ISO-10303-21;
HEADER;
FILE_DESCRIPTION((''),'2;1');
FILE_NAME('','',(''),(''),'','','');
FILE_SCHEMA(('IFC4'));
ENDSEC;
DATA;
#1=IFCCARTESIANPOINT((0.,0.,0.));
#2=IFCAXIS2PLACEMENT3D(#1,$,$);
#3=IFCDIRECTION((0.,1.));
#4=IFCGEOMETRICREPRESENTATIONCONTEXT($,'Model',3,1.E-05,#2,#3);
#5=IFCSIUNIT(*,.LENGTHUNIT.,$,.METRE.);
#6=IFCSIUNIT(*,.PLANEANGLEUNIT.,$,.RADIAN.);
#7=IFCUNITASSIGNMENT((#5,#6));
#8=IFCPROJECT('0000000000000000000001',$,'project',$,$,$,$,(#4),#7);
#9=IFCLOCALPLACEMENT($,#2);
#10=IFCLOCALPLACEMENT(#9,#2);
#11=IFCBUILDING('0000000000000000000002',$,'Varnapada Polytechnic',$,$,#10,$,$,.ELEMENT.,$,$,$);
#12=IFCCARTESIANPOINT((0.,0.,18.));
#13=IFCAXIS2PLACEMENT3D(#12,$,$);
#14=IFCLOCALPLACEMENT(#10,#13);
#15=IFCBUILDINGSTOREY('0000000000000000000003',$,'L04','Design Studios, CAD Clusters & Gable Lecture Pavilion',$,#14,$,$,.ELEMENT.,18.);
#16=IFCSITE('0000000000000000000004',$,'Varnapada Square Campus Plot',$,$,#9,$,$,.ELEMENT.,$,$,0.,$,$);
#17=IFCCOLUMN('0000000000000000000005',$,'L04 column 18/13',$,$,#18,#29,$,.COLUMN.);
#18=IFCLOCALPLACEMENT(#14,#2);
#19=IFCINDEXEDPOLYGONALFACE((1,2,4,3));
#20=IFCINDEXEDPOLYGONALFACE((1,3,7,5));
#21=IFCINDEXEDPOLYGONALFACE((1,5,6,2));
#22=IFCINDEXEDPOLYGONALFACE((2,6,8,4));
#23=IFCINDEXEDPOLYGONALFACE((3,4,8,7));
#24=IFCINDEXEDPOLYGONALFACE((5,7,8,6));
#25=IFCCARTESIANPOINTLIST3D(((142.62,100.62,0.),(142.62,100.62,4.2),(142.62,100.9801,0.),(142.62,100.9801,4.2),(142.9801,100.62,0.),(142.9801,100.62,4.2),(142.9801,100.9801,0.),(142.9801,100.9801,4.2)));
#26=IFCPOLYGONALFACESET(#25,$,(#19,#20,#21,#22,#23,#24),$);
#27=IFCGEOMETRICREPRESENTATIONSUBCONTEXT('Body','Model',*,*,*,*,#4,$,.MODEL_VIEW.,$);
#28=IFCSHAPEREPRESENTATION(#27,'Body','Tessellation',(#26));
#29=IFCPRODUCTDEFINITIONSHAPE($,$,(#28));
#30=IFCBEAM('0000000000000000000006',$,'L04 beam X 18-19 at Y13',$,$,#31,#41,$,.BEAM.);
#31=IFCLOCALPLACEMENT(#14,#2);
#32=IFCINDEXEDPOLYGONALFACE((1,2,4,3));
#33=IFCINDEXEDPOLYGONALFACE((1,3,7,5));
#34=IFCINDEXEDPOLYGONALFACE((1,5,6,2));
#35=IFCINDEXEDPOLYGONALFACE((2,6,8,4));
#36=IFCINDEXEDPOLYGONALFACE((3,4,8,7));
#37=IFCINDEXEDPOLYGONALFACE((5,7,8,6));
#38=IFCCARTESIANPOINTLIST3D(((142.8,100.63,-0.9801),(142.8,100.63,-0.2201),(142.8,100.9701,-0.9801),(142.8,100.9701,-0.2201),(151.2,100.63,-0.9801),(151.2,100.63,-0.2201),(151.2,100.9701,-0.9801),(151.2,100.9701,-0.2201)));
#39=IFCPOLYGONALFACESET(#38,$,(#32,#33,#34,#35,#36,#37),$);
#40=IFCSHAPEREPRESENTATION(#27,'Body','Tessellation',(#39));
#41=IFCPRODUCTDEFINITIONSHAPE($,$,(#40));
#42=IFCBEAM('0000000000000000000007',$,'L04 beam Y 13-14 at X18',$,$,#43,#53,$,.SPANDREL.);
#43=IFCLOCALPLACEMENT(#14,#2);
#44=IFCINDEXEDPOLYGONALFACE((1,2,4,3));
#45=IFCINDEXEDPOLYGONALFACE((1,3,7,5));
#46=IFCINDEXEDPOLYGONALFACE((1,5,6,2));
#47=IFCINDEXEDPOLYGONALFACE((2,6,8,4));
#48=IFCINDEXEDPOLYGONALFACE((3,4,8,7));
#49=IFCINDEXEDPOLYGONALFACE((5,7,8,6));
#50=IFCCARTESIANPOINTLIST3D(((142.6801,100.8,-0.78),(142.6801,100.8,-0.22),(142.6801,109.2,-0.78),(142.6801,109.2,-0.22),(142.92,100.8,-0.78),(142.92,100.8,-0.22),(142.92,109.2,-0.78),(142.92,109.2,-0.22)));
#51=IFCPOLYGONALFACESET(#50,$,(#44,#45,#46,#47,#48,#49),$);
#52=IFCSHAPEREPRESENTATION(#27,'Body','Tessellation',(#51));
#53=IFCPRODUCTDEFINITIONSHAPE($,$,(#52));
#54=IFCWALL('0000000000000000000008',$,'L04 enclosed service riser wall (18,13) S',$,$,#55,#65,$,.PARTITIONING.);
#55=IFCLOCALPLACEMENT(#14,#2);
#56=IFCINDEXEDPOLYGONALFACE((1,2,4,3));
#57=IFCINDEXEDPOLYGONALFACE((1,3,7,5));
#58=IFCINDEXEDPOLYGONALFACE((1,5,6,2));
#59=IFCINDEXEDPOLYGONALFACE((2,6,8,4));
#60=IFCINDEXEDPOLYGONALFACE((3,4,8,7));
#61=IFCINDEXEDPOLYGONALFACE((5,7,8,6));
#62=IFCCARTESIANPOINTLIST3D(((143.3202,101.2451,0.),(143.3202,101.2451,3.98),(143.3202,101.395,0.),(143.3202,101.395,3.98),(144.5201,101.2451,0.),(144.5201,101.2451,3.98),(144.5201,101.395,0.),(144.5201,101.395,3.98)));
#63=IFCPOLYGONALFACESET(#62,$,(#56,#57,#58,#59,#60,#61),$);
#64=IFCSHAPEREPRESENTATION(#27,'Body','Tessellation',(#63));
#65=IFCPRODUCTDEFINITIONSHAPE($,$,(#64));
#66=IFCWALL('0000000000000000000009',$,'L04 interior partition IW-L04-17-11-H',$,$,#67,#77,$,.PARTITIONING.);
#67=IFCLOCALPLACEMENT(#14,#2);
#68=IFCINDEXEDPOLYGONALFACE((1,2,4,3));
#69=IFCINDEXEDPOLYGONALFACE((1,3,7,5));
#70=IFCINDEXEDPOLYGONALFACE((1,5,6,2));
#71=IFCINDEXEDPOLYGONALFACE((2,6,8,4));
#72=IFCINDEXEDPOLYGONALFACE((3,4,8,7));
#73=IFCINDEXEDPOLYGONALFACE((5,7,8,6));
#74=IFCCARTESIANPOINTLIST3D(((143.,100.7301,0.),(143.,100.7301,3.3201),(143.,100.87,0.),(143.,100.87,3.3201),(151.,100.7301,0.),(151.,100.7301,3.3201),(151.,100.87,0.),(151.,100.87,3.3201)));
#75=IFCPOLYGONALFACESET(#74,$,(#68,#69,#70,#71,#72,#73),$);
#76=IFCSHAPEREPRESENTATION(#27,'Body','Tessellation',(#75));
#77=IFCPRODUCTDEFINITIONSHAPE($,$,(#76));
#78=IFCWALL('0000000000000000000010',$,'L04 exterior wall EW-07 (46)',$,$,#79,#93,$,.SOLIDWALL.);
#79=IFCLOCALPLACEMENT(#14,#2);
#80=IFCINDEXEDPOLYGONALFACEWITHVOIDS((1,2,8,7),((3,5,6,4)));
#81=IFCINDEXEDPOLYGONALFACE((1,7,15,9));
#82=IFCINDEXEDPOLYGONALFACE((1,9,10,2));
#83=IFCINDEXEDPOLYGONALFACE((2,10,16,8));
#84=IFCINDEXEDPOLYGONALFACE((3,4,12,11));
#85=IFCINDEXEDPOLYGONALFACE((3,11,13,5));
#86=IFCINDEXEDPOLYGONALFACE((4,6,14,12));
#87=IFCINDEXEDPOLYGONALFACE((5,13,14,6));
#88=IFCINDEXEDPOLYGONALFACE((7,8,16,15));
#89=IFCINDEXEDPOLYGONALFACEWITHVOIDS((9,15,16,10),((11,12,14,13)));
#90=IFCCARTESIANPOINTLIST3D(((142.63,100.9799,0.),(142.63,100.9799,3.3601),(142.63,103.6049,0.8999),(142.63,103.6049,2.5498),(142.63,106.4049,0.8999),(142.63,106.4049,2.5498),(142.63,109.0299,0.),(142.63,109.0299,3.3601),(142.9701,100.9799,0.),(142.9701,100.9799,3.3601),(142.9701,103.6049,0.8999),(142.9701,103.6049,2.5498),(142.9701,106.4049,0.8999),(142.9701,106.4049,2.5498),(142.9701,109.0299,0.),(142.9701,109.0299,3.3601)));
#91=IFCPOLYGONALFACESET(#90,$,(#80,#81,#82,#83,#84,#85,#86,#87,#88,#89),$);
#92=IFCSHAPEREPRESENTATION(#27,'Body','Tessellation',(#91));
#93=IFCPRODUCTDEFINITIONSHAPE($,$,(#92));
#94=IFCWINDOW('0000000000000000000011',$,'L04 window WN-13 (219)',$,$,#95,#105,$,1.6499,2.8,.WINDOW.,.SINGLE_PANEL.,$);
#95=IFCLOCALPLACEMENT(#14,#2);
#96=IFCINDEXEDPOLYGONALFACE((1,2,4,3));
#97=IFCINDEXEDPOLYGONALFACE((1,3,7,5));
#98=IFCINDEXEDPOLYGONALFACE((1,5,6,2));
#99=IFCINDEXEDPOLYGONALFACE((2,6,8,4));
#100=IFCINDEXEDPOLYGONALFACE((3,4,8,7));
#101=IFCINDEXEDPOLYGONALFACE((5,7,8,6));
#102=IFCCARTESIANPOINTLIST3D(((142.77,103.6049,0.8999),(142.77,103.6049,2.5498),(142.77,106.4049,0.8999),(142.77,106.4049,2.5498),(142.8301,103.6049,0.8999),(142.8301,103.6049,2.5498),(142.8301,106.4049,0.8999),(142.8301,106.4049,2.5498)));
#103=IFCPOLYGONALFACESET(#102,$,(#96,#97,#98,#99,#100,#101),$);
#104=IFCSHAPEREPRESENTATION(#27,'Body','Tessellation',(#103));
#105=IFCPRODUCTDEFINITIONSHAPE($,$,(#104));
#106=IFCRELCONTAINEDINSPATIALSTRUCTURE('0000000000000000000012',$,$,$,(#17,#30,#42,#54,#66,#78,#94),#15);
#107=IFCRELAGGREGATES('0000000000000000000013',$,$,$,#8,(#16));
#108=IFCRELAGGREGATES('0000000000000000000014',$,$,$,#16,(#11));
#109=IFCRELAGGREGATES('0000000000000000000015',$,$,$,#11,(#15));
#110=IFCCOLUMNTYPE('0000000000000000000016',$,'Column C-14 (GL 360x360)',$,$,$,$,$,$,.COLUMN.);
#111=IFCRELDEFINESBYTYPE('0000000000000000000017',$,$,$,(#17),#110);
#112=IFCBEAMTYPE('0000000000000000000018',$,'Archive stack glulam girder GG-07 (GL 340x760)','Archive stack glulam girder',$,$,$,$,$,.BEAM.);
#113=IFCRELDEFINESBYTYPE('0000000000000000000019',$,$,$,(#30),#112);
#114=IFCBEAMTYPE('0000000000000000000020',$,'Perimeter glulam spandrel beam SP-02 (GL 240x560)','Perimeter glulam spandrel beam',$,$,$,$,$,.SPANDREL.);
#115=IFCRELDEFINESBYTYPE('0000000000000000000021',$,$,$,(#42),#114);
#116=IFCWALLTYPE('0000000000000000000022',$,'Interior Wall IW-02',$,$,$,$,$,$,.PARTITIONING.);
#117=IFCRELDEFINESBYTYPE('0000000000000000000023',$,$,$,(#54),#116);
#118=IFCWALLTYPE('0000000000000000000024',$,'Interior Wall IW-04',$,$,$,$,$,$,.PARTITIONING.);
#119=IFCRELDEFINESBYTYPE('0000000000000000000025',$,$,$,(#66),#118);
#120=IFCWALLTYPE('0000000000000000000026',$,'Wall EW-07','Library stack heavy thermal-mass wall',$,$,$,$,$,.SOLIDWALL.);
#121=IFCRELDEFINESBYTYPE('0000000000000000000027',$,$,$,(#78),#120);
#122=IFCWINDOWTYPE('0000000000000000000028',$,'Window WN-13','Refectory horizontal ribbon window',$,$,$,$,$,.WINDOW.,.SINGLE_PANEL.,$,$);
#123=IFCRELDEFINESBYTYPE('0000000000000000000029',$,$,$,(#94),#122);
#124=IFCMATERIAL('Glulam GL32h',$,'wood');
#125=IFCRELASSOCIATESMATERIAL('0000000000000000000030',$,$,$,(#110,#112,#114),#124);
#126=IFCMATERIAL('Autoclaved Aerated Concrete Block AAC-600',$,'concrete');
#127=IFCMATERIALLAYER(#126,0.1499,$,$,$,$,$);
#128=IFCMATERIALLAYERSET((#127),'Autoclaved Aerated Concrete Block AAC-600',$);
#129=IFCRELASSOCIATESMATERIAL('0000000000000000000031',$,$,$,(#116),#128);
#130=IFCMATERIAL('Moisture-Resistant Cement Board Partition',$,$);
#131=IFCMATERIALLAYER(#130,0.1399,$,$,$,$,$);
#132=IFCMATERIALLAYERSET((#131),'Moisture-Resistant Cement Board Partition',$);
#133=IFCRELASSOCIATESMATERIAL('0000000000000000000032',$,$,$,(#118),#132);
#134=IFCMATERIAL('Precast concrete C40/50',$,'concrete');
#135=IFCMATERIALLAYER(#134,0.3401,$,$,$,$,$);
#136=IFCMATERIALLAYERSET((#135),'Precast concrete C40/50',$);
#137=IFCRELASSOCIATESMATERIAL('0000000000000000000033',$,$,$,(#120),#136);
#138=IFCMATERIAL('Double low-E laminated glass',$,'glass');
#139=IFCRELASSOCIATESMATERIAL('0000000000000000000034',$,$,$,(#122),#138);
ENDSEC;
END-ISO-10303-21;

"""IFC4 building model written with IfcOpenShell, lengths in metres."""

from ifc_helpers import new_model, si_unit, direction, frame, frame_2d, origin, origin_2d, place, context, subcontext, project, spatial, rectangle, extrude, material, layer, layer_set, material_profile, profile_set, type_object, element, fill, save


model = new_model("IFC4")

# Units and contexts
model_context = context("Model", 3, precision=1e-05, world=origin(), true_north=direction((0.0, 1.0)))
body_context = subcontext(model_context, "Body", "Model", "MODEL_VIEW")
ifc_project = project(units=[si_unit("LENGTHUNIT", "METRE"), si_unit("PLANEANGLEUNIT", "RADIAN")], contexts=[model_context])

# Site, building, storey
site_placement = place(None, origin())
site = spatial("IfcSite", under=ifc_project, at=site_placement, Name="Varnapada Square Campus Plot", CompositionType="ELEMENT", RefElevation=0.0)
building_placement = place(site_placement, origin())
building = spatial("IfcBuilding", under=site, at=building_placement, Name="Varnapada Polytechnic", CompositionType="ELEMENT")
storey_placement = place(building_placement, frame((0.0, 0.0, 18.0)))
storey = spatial("IfcBuildingStorey", under=building, at=storey_placement, Name="L04", Description="Design Studios, CAD Clusters & Gable Lecture Pavilion", CompositionType="ELEMENT", Elevation=18.0)

# Column
ifc_material_1 = material(Name="Glulam GL32h", Category="wood")
ifc_material_profile_1 = material_profile(ifc_material_1, rectangle(XDim=0.3601, YDim=0.3601, at=origin_2d()), Name="GL 360x360")
ifc_profile_set_1 = profile_set([ifc_material_profile_1], Name="Glulam GL32h")
column_type = type_object("IfcColumnType", Name="Column C-14 (GL 360x360)", PredefinedType="COLUMN", material=ifc_profile_set_1)
column_placement = place(storey_placement, frame((142.8, 100.8, 0.0), z_axis=(0.0, 0.0, 1.0), x_axis=(1.0, 0.0, 0.0)))
element("IfcColumn", 1, at=column_placement, inside=storey, type_object=column_type, Name="L04 column 18/13", PredefinedType="COLUMN", context=body_context, shape_type="SweptSolid", body=[
    extrude(rectangle(XDim=0.3601, YDim=0.3601, at=origin_2d()), origin(), (0.0, 0.0, 1.0), 4.2),
])

# Beams
ifc_material_profile_2 = material_profile(ifc_material_1, rectangle(XDim=0.3401, YDim=0.76, at=origin_2d()), Name="GL 340x760")
ifc_profile_set_2 = profile_set([ifc_material_profile_2], Name="Glulam GL32h")
beam_type_1 = type_object("IfcBeamType", Name="Archive stack glulam girder GG-07 (GL 340x760)", Description="Archive stack glulam girder", PredefinedType="BEAM", material=ifc_profile_set_2)
beam_1_placement = place(storey_placement, frame((142.8, 100.8, -0.6001), z_axis=(1.0, 0.0, 0.0), x_axis=(0.0, 1.0, 0.0)))
element("IfcBeam", 2, at=beam_1_placement, inside=storey, type_object=beam_type_1, Name="L04 beam X 18-19 at Y13", PredefinedType="BEAM", context=body_context, shape_type="SweptSolid", body=[
    extrude(rectangle(XDim=0.3401, YDim=0.76, at=origin_2d()), origin(), (0.0, 0.0, 1.0), 8.3999),
])
ifc_material_profile_3 = material_profile(ifc_material_1, rectangle(XDim=0.24, YDim=0.5601, at=origin_2d()), Name="GL 240x560")
ifc_profile_set_3 = profile_set([ifc_material_profile_3], Name="Glulam GL32h")
beam_type_2 = type_object("IfcBeamType", Name="Perimeter glulam spandrel beam SP-02 (GL 240x560)", Description="Perimeter glulam spandrel beam", PredefinedType="SPANDREL", material=ifc_profile_set_3)
beam_2_placement = place(storey_placement, frame((142.8, 100.8, -0.5), z_axis=(0.0, 1.0, 0.0), x_axis=(-1.0, 0.0, 0.0)))
element("IfcBeam", 3, at=beam_2_placement, inside=storey, type_object=beam_type_2, Name="L04 beam Y 13-14 at X18", PredefinedType="SPANDREL", context=body_context, shape_type="SweptSolid", body=[
    extrude(rectangle(XDim=0.24, YDim=0.5601, at=origin_2d()), origin(), (0.0, 0.0, 1.0), 8.3999),
])

# Walls
ifc_material_2 = material(Name="Autoclaved Aerated Concrete Block AAC-600", Category="concrete")
ifc_layer_1 = layer(ifc_material_2, 0.1499)
ifc_layer_set_1 = layer_set([ifc_layer_1], Name="Autoclaved Aerated Concrete Block AAC-600")
wall_type_1 = type_object("IfcWallType", Name="Interior Wall IW-02", PredefinedType="PARTITIONING", material=ifc_layer_set_1)
wall_1_placement = place(storey_placement, frame((143.3201, 101.3201, 0.0), z_axis=(0.0, 0.0, 1.0), x_axis=(1.0, 0.0, 0.0)))
element("IfcWall", 4, at=wall_1_placement, inside=storey, type_object=wall_type_1, Name="L04 enclosed service riser wall (18,13) S", PredefinedType="PARTITIONING", context=body_context, shape_type="SweptSolid", body=[
    extrude(rectangle(XDim=1.2, YDim=0.1499, at=frame_2d((0.6001, 0.0))), origin(), (0.0, 0.0, 1.0), 3.98),
])
ifc_material_3 = material(Name="Moisture-Resistant Cement Board Partition")
ifc_layer_2 = layer(ifc_material_3, 0.1399)
ifc_layer_set_2 = layer_set([ifc_layer_2], Name="Moisture-Resistant Cement Board Partition")
wall_type_2 = type_object("IfcWallType", Name="Interior Wall IW-04", PredefinedType="PARTITIONING", material=ifc_layer_set_2)
wall_2_placement = place(storey_placement, frame((143.0, 100.8, 0.0), z_axis=(0.0, 0.0, 1.0), x_axis=(1.0, 0.0, 0.0)))
element("IfcWall", 5, at=wall_2_placement, inside=storey, type_object=wall_type_2, Name="L04 interior partition IW-L04-17-11-H", PredefinedType="PARTITIONING", context=body_context, shape_type="SweptSolid", body=[
    extrude(rectangle(XDim=8.0, YDim=0.1399, at=frame_2d((4.0, 0.0))), origin(), (0.0, 0.0, 1.0), 3.3201),
])

# Wall, opening, window
ifc_material_4 = material(Name="Precast concrete C40/50", Category="concrete")
ifc_layer_3 = layer(ifc_material_4, 0.3401)
ifc_layer_set_3 = layer_set([ifc_layer_3], Name="Precast concrete C40/50")
wall_type_3 = type_object("IfcWallType", Name="Wall EW-07", Description="Library stack heavy thermal-mass wall", PredefinedType="SOLIDWALL", material=ifc_layer_set_3)
wall_3_placement = place(storey_placement, frame((142.8, 100.98, 0.0), z_axis=(0.0, 0.0, 1.0), x_axis=(0.0, 1.0, 0.0)))
wall_3 = element("IfcWall", 6, at=wall_3_placement, inside=storey, type_object=wall_type_3, Name="L04 exterior wall EW-07 (46)", PredefinedType="SOLIDWALL", context=body_context, shape_type="SweptSolid", body=[
    extrude(rectangle(XDim=8.05, YDim=0.3401, at=frame_2d((4.0249, 0.0))), origin(), (0.0, 0.0, 1.0), 3.3601),
])
opening_1_placement = place(wall_3_placement, frame((2.625, 0.0, 0.8999)))
opening_1 = element("IfcOpeningElement", 7, at=opening_1_placement, cuts=wall_3, PredefinedType="OPENING", context=body_context, shape_type="SweptSolid", body=[
    extrude(rectangle(XDim=2.8, YDim=1.6499, at=frame_2d((1.3999, 0.825))), frame((0.0, 0.1799, 0.0), z_axis=(0.0, -1.0, 0.0), x_axis=(1.0, 0.0, 0.0)), (0.0, 0.0, 1.0), 0.3601),
])
ifc_material_5 = material(Name="Double low-E laminated glass", Category="glass")
window_type = type_object("IfcWindowType", Name="Window WN-13", Description="Refectory horizontal ribbon window", PartitioningType="SINGLE_PANEL", PredefinedType="WINDOW", material=ifc_material_5)
window_placement = place(opening_1_placement, origin())
window = element("IfcWindow", 8, at=window_placement, inside=storey, type_object=window_type, Name="L04 window WN-13 (219)", OverallHeight=1.6499, OverallWidth=2.8, PartitioningType="SINGLE_PANEL", PredefinedType="WINDOW", context=body_context, shape_type="SweptSolid", body=[
    extrude(rectangle(XDim=2.8, YDim=1.6499, at=frame_2d((1.3999, 0.825))), frame((0.0, 0.03, 0.0), z_axis=(0.0, -1.0, 0.0), x_axis=(1.0, 0.0, 0.0)), (0.0, 0.0, 1.0), 0.0601),
])
fill(opening_1, window)

save(model, "model.ifc")
